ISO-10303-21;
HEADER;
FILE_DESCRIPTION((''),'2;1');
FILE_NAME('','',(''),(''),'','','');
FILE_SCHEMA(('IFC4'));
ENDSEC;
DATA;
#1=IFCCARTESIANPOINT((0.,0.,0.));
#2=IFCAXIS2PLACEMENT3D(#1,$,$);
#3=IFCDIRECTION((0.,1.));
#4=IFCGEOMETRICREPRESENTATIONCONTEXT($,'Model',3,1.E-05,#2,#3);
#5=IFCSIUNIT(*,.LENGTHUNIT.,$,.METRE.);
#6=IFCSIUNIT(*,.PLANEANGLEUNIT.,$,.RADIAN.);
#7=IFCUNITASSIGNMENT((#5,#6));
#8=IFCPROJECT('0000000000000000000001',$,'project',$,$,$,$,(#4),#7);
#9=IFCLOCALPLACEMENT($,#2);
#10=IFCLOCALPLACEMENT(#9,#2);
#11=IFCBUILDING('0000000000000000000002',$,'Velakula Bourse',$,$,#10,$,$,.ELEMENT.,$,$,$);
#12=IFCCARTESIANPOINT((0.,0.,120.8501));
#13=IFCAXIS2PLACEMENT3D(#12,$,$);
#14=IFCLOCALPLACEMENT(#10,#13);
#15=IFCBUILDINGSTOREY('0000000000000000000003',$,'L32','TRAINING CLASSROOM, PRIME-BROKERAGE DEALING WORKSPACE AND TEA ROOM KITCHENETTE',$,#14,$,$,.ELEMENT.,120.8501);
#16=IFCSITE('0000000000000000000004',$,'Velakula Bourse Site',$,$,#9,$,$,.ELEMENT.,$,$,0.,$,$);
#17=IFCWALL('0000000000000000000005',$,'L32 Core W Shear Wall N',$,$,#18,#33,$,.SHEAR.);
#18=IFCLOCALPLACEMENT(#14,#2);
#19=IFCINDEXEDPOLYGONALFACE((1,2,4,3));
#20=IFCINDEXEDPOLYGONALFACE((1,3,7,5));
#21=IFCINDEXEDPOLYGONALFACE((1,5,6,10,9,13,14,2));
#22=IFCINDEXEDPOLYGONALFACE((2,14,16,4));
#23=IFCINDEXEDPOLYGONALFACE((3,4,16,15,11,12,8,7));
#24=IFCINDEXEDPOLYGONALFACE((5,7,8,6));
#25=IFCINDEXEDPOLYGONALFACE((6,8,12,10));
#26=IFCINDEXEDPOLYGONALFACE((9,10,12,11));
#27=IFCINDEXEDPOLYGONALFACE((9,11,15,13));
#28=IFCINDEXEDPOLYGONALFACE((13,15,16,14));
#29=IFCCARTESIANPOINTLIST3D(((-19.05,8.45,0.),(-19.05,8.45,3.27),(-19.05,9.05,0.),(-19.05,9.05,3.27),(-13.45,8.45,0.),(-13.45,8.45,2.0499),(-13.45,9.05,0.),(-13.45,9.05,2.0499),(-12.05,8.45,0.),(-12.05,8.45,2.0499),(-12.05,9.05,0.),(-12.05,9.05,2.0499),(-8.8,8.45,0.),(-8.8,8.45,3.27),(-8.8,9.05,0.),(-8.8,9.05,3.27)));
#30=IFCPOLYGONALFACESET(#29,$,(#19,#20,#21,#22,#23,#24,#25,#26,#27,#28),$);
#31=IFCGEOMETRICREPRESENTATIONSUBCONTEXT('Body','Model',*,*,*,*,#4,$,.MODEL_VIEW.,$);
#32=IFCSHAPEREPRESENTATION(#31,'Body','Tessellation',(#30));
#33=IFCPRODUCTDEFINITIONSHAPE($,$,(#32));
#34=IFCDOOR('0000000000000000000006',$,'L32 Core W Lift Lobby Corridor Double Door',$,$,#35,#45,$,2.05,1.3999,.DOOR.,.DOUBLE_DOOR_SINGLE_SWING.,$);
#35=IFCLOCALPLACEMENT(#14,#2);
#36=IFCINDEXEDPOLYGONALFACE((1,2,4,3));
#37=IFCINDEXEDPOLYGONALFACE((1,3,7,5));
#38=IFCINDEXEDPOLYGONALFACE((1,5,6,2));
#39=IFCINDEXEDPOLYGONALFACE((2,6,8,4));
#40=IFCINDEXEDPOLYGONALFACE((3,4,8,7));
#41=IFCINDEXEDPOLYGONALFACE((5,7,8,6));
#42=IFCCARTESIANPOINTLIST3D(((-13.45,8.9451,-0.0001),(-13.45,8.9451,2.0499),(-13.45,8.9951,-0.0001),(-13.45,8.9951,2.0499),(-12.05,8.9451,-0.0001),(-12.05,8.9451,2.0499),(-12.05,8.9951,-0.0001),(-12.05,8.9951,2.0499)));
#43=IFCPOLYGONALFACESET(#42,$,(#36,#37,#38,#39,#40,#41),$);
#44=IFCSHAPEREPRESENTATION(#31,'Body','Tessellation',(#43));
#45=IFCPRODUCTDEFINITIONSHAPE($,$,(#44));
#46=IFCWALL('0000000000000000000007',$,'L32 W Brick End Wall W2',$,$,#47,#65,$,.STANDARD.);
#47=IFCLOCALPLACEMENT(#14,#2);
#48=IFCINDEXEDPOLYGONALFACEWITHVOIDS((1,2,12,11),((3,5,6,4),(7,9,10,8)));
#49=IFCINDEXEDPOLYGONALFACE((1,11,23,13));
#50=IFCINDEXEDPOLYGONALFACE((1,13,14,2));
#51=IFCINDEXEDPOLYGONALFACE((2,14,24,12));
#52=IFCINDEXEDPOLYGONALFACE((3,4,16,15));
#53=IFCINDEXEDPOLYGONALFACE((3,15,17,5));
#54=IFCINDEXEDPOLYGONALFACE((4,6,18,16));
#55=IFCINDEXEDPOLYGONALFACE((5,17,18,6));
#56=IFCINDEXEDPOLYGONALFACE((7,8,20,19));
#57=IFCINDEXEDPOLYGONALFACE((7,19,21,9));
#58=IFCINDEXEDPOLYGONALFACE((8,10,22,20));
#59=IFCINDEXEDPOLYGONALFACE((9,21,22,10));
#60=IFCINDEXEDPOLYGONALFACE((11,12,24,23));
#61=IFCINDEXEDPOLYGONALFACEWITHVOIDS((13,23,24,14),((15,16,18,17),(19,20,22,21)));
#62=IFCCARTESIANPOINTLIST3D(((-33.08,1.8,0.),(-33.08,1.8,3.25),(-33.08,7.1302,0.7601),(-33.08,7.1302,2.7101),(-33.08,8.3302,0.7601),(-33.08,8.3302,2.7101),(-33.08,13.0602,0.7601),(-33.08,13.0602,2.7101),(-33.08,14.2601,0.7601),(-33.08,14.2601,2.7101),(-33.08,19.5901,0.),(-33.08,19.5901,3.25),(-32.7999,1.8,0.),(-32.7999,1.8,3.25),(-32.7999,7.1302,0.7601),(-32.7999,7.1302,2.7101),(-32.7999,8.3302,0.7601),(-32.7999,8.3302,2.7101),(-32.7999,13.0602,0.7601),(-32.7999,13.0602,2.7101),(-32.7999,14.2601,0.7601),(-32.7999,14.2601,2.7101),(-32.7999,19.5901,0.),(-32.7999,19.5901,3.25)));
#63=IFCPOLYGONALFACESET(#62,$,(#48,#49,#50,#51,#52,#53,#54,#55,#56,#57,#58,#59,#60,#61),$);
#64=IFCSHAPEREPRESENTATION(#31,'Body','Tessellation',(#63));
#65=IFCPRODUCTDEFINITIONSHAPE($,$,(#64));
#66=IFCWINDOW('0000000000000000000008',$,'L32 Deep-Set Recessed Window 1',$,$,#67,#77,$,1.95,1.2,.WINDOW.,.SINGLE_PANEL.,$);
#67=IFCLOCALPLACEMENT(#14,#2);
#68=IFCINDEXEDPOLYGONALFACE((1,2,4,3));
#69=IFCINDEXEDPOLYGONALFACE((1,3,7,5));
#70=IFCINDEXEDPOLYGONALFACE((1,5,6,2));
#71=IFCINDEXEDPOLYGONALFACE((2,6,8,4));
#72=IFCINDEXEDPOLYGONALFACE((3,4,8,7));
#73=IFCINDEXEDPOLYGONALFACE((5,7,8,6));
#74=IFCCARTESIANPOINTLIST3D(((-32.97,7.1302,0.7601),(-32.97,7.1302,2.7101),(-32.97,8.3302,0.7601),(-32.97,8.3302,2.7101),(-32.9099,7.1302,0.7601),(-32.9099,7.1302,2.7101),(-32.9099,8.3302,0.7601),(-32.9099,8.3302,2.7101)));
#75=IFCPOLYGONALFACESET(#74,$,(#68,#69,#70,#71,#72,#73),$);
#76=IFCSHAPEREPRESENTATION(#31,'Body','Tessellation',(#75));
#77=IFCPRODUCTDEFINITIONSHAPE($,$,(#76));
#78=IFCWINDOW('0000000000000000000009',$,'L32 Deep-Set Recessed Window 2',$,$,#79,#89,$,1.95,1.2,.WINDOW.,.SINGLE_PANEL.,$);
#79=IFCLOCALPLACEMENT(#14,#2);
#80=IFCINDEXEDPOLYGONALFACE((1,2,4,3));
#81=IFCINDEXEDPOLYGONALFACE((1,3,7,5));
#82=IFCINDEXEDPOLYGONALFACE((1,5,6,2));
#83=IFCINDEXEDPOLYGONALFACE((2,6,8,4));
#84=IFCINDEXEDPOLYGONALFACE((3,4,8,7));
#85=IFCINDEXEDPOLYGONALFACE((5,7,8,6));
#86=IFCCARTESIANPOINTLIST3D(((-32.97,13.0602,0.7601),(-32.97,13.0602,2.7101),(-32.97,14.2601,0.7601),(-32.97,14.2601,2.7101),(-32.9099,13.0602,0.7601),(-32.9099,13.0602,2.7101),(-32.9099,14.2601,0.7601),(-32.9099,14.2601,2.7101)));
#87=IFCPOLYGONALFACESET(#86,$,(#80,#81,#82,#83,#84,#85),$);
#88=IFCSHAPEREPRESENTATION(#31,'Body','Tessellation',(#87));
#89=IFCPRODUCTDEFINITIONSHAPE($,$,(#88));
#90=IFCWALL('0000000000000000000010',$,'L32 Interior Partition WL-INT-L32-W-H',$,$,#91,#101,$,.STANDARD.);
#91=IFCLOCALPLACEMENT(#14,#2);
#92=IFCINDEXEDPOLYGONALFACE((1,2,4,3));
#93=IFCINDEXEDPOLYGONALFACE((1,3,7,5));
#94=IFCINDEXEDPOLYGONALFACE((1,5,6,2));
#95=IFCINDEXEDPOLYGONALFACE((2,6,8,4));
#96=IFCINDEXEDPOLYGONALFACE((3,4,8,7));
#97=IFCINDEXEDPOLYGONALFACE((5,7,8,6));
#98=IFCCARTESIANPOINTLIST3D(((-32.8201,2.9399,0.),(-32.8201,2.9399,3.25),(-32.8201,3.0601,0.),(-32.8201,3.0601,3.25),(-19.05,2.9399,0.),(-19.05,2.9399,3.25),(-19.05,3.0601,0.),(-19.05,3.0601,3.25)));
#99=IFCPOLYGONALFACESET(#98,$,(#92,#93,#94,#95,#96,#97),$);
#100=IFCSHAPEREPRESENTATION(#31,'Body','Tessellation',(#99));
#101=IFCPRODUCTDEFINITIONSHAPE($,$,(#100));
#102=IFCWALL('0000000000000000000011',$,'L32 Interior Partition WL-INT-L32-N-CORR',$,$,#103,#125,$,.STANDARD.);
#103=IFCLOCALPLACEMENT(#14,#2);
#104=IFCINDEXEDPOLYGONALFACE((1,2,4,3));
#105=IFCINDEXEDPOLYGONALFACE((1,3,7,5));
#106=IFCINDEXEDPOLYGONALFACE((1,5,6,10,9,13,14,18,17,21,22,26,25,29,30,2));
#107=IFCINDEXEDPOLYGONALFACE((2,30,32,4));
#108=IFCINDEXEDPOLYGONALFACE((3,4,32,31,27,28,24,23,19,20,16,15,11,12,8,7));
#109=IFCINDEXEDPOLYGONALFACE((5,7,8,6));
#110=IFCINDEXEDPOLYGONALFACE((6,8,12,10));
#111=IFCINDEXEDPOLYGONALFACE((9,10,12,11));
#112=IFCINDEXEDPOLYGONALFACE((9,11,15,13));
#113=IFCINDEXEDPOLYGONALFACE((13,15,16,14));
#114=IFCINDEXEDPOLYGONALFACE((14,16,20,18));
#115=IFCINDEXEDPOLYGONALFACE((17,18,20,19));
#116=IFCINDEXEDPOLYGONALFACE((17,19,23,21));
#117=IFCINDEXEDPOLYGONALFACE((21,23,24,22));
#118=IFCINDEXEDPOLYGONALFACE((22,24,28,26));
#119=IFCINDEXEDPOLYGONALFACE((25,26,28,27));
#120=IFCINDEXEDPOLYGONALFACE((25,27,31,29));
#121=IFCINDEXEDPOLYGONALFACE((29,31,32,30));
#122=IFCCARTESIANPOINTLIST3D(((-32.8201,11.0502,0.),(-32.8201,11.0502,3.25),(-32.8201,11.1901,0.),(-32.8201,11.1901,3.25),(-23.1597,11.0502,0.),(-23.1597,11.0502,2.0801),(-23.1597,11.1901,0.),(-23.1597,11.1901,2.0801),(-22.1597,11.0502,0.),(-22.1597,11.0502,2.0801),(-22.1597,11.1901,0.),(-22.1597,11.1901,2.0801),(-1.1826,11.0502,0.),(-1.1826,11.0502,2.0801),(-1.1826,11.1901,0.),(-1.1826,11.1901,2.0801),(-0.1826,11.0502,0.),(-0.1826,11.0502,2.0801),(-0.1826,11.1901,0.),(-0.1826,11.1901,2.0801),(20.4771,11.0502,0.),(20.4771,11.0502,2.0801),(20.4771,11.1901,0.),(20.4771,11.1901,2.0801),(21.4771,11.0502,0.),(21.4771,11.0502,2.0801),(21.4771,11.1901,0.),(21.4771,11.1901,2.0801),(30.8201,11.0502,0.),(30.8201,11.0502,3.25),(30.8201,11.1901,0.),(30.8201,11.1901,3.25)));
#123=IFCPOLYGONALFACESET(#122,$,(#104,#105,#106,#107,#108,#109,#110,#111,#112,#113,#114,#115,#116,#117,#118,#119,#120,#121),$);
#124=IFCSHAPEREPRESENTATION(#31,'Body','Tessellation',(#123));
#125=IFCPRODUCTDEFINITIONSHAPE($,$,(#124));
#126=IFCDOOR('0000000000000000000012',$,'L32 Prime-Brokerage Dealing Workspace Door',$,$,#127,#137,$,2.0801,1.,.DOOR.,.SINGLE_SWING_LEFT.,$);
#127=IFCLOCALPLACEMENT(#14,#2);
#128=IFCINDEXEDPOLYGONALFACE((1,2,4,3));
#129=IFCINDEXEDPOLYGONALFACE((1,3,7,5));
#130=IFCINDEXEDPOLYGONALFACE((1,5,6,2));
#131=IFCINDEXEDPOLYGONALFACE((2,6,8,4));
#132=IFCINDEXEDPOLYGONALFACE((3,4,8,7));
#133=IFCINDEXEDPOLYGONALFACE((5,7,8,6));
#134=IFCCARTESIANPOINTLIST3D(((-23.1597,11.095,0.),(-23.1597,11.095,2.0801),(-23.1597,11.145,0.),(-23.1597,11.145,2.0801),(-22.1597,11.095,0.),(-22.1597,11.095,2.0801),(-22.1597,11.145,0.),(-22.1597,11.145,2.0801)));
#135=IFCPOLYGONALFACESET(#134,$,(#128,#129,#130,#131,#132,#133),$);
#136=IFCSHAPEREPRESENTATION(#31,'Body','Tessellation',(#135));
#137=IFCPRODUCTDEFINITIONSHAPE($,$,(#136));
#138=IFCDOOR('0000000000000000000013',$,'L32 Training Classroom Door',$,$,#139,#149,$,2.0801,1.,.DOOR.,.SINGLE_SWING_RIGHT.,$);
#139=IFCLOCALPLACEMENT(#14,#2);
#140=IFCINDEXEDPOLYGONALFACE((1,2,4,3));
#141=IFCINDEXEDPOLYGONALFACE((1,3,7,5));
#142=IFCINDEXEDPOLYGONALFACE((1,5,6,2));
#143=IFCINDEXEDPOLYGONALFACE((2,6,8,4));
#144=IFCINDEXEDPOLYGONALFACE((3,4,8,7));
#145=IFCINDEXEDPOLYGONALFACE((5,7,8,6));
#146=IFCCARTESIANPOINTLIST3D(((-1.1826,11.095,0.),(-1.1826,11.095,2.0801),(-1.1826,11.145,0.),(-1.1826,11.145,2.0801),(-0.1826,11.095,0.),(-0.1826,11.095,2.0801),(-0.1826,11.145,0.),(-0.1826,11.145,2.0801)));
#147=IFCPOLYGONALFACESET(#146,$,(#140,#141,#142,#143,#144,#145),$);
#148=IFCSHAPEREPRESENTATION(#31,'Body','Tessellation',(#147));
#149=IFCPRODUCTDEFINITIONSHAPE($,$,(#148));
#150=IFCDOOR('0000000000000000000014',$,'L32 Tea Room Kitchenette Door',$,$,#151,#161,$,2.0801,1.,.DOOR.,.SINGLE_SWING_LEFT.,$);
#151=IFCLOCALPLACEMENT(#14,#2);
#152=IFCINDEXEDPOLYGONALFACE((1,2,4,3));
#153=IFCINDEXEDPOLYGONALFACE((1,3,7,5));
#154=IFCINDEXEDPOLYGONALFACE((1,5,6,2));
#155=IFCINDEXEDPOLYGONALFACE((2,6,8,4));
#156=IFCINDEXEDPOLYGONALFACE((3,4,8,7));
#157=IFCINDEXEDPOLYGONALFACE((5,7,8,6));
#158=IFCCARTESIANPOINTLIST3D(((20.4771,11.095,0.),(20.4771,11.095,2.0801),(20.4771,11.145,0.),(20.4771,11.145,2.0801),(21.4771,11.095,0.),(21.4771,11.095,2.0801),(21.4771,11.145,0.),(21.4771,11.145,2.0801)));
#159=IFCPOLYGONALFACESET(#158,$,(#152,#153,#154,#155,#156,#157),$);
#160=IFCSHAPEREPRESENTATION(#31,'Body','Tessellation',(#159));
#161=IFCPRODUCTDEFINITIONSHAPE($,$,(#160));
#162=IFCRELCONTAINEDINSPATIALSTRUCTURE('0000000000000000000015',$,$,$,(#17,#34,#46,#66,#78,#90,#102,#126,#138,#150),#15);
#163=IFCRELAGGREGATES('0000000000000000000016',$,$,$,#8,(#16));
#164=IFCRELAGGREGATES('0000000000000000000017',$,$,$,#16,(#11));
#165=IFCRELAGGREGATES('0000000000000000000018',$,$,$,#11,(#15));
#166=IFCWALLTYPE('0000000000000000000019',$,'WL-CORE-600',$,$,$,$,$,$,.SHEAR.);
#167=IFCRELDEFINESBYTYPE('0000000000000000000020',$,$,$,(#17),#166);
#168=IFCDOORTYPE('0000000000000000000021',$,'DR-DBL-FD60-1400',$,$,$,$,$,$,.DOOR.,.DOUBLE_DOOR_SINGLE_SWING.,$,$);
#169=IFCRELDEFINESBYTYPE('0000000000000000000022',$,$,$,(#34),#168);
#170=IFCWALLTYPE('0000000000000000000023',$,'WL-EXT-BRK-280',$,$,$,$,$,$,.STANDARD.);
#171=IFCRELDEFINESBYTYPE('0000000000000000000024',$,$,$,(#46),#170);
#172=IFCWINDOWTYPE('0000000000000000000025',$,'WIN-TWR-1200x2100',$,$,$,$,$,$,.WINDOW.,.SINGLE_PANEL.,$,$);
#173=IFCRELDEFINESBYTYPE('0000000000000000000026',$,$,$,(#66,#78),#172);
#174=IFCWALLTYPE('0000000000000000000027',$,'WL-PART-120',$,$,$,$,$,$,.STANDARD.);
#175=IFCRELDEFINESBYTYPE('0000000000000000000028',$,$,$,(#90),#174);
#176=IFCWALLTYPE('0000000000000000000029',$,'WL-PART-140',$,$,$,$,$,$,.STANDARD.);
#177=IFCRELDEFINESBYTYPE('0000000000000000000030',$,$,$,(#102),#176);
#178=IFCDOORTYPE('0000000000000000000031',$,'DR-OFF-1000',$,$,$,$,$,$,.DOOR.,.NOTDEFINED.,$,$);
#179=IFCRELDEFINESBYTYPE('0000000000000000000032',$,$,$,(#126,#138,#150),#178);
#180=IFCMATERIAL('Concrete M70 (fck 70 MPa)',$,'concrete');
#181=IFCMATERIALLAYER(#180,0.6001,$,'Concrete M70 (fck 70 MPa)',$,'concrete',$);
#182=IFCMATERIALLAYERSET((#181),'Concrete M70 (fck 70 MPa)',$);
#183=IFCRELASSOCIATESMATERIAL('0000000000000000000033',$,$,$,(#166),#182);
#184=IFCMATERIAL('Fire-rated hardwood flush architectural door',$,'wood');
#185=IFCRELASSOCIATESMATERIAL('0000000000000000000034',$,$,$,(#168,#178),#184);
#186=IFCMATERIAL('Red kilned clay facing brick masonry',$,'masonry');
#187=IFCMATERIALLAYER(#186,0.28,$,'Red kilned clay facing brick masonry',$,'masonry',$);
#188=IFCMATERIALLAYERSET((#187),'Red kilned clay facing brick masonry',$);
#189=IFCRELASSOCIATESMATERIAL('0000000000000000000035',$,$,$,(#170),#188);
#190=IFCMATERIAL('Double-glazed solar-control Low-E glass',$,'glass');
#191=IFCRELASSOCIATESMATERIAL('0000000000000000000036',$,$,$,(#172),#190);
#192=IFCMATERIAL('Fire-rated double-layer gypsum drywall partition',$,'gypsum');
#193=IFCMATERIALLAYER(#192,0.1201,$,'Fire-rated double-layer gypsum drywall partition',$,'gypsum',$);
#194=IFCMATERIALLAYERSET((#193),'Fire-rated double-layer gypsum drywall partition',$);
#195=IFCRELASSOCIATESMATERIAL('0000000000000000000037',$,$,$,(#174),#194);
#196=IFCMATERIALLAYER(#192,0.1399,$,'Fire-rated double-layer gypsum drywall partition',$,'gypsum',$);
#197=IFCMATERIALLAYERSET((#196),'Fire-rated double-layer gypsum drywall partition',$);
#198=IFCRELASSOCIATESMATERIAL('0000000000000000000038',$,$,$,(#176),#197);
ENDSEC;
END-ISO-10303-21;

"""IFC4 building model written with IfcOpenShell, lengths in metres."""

from ifc_helpers import new_model, si_unit, direction, frame, frame_2d, origin, place, context, subcontext, project, spatial, rectangle, extrude, material, layer, layer_set, type_object, element, fill, save


model = new_model("IFC4")

# Units and contexts
model_context = context("Model", 3, precision=1e-05, world=origin(), true_north=direction((0.0, 1.0)))
body_context = subcontext(model_context, "Body", "Model", "MODEL_VIEW")
ifc_project = project(units=[si_unit("LENGTHUNIT", "METRE"), si_unit("PLANEANGLEUNIT", "RADIAN")], contexts=[model_context])

# Site, building, storey
site_placement = place(None, origin())
site = spatial("IfcSite", under=ifc_project, at=site_placement, Name="Velakula Bourse Site", CompositionType="ELEMENT", RefElevation=0.0)
building_placement = place(site_placement, origin())
building = spatial("IfcBuilding", under=site, at=building_placement, Name="Velakula Bourse", CompositionType="ELEMENT")
storey_placement = place(building_placement, frame((0.0, 0.0, 120.8501)))
storey = spatial("IfcBuildingStorey", under=building, at=storey_placement, Name="L32", Description="TRAINING CLASSROOM, PRIME-BROKERAGE DEALING WORKSPACE AND TEA ROOM KITCHENETTE", CompositionType="ELEMENT", Elevation=120.8501)

# Shared definitions
ifc_material_1 = material(Name="Concrete M70 (fck 70 MPa)", Category="concrete")

# Wall, opening, door
ifc_layer_1 = layer(ifc_material_1, 0.6001, Name="Concrete M70 (fck 70 MPa)", Category="concrete")
ifc_layer_set_1 = layer_set([ifc_layer_1], Name="Concrete M70 (fck 70 MPa)")
wall_type_1 = type_object("IfcWallType", Name="WL-CORE-600", PredefinedType="SHEAR", material=ifc_layer_set_1)
wall_1_placement = place(storey_placement, frame((-19.05, 8.75, 0.0), z_axis=(0.0, 0.0, 1.0), x_axis=(1.0, 0.0, 0.0)))
wall_1 = element("IfcWall", 1, at=wall_1_placement, inside=storey, type_object=wall_type_1, Name="L32 Core W Shear Wall N", PredefinedType="SHEAR", context=body_context, shape_type="SweptSolid", body=[
    extrude(rectangle(XDim=10.25, YDim=0.6001, at=frame_2d((5.125, 0.0))), origin(), (0.0, 0.0, 1.0), 3.27),
])
opening_1_placement = place(wall_1_placement, frame((5.6001, 0.0, 0.0)))
opening_1 = element("IfcOpeningElement", 2, at=opening_1_placement, cuts=wall_1, PredefinedType="OPENING", context=body_context, shape_type="SweptSolid", body=[
    extrude(rectangle(XDim=1.3999, YDim=2.05, at=frame_2d((0.7, 1.0249))), frame((0.0, 0.3101, 0.0), z_axis=(0.0, -1.0, 0.0), x_axis=(1.0, 0.0, 0.0)), (0.0, 0.0, 1.0), 0.6201),
])
ifc_material_2 = material(Name="Fire-rated hardwood flush architectural door", Category="wood")
door_type_1 = type_object("IfcDoorType", Name="DR-DBL-FD60-1400", OperationType="DOUBLE_DOOR_SINGLE_SWING", PredefinedType="DOOR", material=ifc_material_2)
door_1_placement = place(opening_1_placement, origin())
door_1 = element("IfcDoor", 3, at=door_1_placement, inside=storey, type_object=door_type_1, Name="L32 Core W Lift Lobby Corridor Double Door", OperationType="DOUBLE_DOOR_SINGLE_SWING", OverallHeight=2.05, OverallWidth=1.3999, PredefinedType="DOOR", context=body_context, shape_type="SweptSolid", body=[
    extrude(rectangle(XDim=1.3999, YDim=2.05, at=frame_2d((0.7, 1.0249))), frame((0.0, 0.2451, 0.0), z_axis=(0.0, -1.0, 0.0), x_axis=(1.0, 0.0, 0.0)), (0.0, 0.0, 1.0), 0.05),
])
fill(opening_1, door_1)

# Wall, openings, windows
ifc_material_3 = material(Name="Red kilned clay facing brick masonry", Category="masonry")
ifc_layer_2 = layer(ifc_material_3, 0.28, Name="Red kilned clay facing brick masonry", Category="masonry")
ifc_layer_set_2 = layer_set([ifc_layer_2], Name="Red kilned clay facing brick masonry")
wall_type_2 = type_object("IfcWallType", Name="WL-EXT-BRK-280", PredefinedType="STANDARD", material=ifc_layer_set_2)
wall_2_placement = place(storey_placement, frame((-32.9399, 1.8, 0.0), z_axis=(0.0, 0.0, 1.0), x_axis=(0.0, 1.0, 0.0)))
wall_2 = element("IfcWall", 4, at=wall_2_placement, inside=storey, type_object=wall_type_2, Name="L32 W Brick End Wall W2", PredefinedType="STANDARD", context=body_context, shape_type="SweptSolid", body=[
    extrude(rectangle(XDim=17.79, YDim=0.28, at=frame_2d((8.895, 0.0))), origin(), (0.0, 0.0, 1.0), 3.25),
])
opening_2_placement = place(wall_2_placement, frame((5.3301, 0.0, 0.76)))
opening_2 = element("IfcOpeningElement", 5, at=opening_2_placement, cuts=wall_2, PredefinedType="OPENING", context=body_context, shape_type="SweptSolid", body=[
    extrude(rectangle(XDim=1.2, YDim=1.95, at=frame_2d((0.6001, 0.9751))), frame((0.0, 0.1499, 0.0), z_axis=(0.0, -1.0, 0.0), x_axis=(1.0, 0.0, 0.0)), (0.0, 0.0, 1.0), 0.3),
])
opening_3_placement = place(wall_2_placement, frame((11.26, 0.0, 0.76)))
opening_3 = element("IfcOpeningElement", 6, at=opening_3_placement, cuts=wall_2, PredefinedType="OPENING", context=body_context, shape_type="SweptSolid", body=[
    extrude(rectangle(XDim=1.2, YDim=1.95, at=frame_2d((0.6001, 0.9751))), frame((0.0, 0.1499, 0.0), z_axis=(0.0, -1.0, 0.0), x_axis=(1.0, 0.0, 0.0)), (0.0, 0.0, 1.0), 0.3),
])
ifc_material_4 = material(Name="Double-glazed solar-control Low-E glass", Category="glass")
window_type = type_object("IfcWindowType", Name="WIN-TWR-1200x2100", PartitioningType="SINGLE_PANEL", PredefinedType="WINDOW", material=ifc_material_4)
window_1_placement = place(opening_2_placement, origin())
window_1 = element("IfcWindow", 7, at=window_1_placement, inside=storey, type_object=window_type, Name="L32 Deep-Set Recessed Window 1", OverallHeight=1.95, OverallWidth=1.2, PartitioningType="SINGLE_PANEL", PredefinedType="WINDOW", context=body_context, shape_type="SweptSolid", body=[
    extrude(rectangle(XDim=1.2, YDim=1.95, at=frame_2d((0.6001, 0.9751))), frame((0.0, 0.03, 0.0), z_axis=(0.0, -1.0, 0.0), x_axis=(1.0, 0.0, 0.0)), (0.0, 0.0, 1.0), 0.0601),
])
fill(opening_2, window_1)
window_2_placement = place(opening_3_placement, origin())
window_2 = element("IfcWindow", 8, at=window_2_placement, inside=storey, type_object=window_type, Name="L32 Deep-Set Recessed Window 2", OverallHeight=1.95, OverallWidth=1.2, PartitioningType="SINGLE_PANEL", PredefinedType="WINDOW", context=body_context, shape_type="SweptSolid", body=[
    extrude(rectangle(XDim=1.2, YDim=1.95, at=frame_2d((0.6001, 0.9751))), frame((0.0, 0.03, 0.0), z_axis=(0.0, -1.0, 0.0), x_axis=(1.0, 0.0, 0.0)), (0.0, 0.0, 1.0), 0.0601),
])
fill(opening_3, window_2)

# Wall
ifc_material_5 = material(Name="Fire-rated double-layer gypsum drywall partition", Category="gypsum")
ifc_layer_3 = layer(ifc_material_5, 0.1201, Name="Fire-rated double-layer gypsum drywall partition", Category="gypsum")
ifc_layer_set_3 = layer_set([ifc_layer_3], Name="Fire-rated double-layer gypsum drywall partition")
wall_type_3 = type_object("IfcWallType", Name="WL-PART-120", PredefinedType="STANDARD", material=ifc_layer_set_3)
wall_3_placement = place(storey_placement, frame((-32.8201, 3.0, 0.0), z_axis=(0.0, 0.0, 1.0), x_axis=(1.0, 0.0, 0.0)))
element("IfcWall", 9, at=wall_3_placement, inside=storey, type_object=wall_type_3, Name="L32 Interior Partition WL-INT-L32-W-H", PredefinedType="STANDARD", context=body_context, shape_type="SweptSolid", body=[
    extrude(rectangle(XDim=13.77, YDim=0.1201, at=frame_2d((6.885, 0.0))), origin(), (0.0, 0.0, 1.0), 3.25),
])

# Wall, openings, doors
ifc_layer_4 = layer(ifc_material_5, 0.1399, Name="Fire-rated double-layer gypsum drywall partition", Category="gypsum")
ifc_layer_set_4 = layer_set([ifc_layer_4], Name="Fire-rated double-layer gypsum drywall partition")
wall_type_4 = type_object("IfcWallType", Name="WL-PART-140", PredefinedType="STANDARD", material=ifc_layer_set_4)
wall_4_placement = place(storey_placement, frame((-32.8201, 11.1201, 0.0), z_axis=(0.0, 0.0, 1.0), x_axis=(1.0, 0.0, 0.0)))
wall_4 = element("IfcWall", 10, at=wall_4_placement, inside=storey, type_object=wall_type_4, Name="L32 Interior Partition WL-INT-L32-N-CORR", PredefinedType="STANDARD", context=body_context, shape_type="SweptSolid", body=[
    extrude(rectangle(XDim=63.6401, YDim=0.1399, at=frame_2d((31.8201, 0.0))), origin(), (0.0, 0.0, 1.0), 3.25),
])
opening_4_placement = place(wall_4_placement, frame((9.6604, 0.0, 0.0)))
opening_4 = element("IfcOpeningElement", 11, at=opening_4_placement, cuts=wall_4, PredefinedType="OPENING", context=body_context, shape_type="SweptSolid", body=[
    extrude(rectangle(XDim=1.0, YDim=2.0801, at=frame_2d((0.5, 1.04))), frame((0.0, 0.0798, 0.0), z_axis=(0.0, -1.0, 0.0), x_axis=(1.0, 0.0, 0.0)), (0.0, 0.0, 1.0), 0.1599),
])
opening_5_placement = place(wall_4_placement, frame((31.6375, 0.0, 0.0)))
opening_5 = element("IfcOpeningElement", 12, at=opening_5_placement, cuts=wall_4, PredefinedType="OPENING", context=body_context, shape_type="SweptSolid", body=[
    extrude(rectangle(XDim=1.0, YDim=2.0801, at=frame_2d((0.5, 1.04))), frame((0.0, 0.0798, 0.0), z_axis=(0.0, -1.0, 0.0), x_axis=(1.0, 0.0, 0.0)), (0.0, 0.0, 1.0), 0.1599),
])
opening_6_placement = place(wall_4_placement, frame((53.2971, 0.0, 0.0)))
opening_6 = element("IfcOpeningElement", 13, at=opening_6_placement, cuts=wall_4, PredefinedType="OPENING", context=body_context, shape_type="SweptSolid", body=[
    extrude(rectangle(XDim=1.0, YDim=2.0801, at=frame_2d((0.5, 1.04))), frame((0.0, 0.0798, 0.0), z_axis=(0.0, -1.0, 0.0), x_axis=(1.0, 0.0, 0.0)), (0.0, 0.0, 1.0), 0.1599),
])
door_type_2 = type_object("IfcDoorType", Name="DR-OFF-1000", OperationType="NOTDEFINED", PredefinedType="DOOR", material=ifc_material_2)
door_2_placement = place(opening_4_placement, origin())
door_2 = element("IfcDoor", 14, at=door_2_placement, inside=storey, type_object=door_type_2, Name="L32 Prime-Brokerage Dealing Workspace Door", OperationType="SINGLE_SWING_LEFT", OverallHeight=2.0801, OverallWidth=1.0, PredefinedType="DOOR", context=body_context, shape_type="SweptSolid", body=[
    extrude(rectangle(XDim=1.0, YDim=2.0801, at=frame_2d((0.5, 1.04))), frame((0.0, 0.0249, 0.0), z_axis=(0.0, -1.0, 0.0), x_axis=(1.0, 0.0, 0.0)), (0.0, 0.0, 1.0), 0.05),
])
fill(opening_4, door_2)
door_3_placement = place(opening_5_placement, origin())
door_3 = element("IfcDoor", 15, at=door_3_placement, inside=storey, type_object=door_type_2, Name="L32 Training Classroom Door", OperationType="SINGLE_SWING_RIGHT", OverallHeight=2.0801, OverallWidth=1.0, PredefinedType="DOOR", context=body_context, shape_type="SweptSolid", body=[
    extrude(rectangle(XDim=1.0, YDim=2.0801, at=frame_2d((0.5, 1.04))), frame((0.0, 0.0249, 0.0), z_axis=(0.0, -1.0, 0.0), x_axis=(1.0, 0.0, 0.0)), (0.0, 0.0, 1.0), 0.05),
])
fill(opening_5, door_3)
door_4_placement = place(opening_6_placement, origin())
door_4 = element("IfcDoor", 16, at=door_4_placement, inside=storey, type_object=door_type_2, Name="L32 Tea Room Kitchenette Door", OperationType="SINGLE_SWING_LEFT", OverallHeight=2.0801, OverallWidth=1.0, PredefinedType="DOOR", context=body_context, shape_type="SweptSolid", body=[
    extrude(rectangle(XDim=1.0, YDim=2.0801, at=frame_2d((0.5, 1.04))), frame((0.0, 0.0249, 0.0), z_axis=(0.0, -1.0, 0.0), x_axis=(1.0, 0.0, 0.0)), (0.0, 0.0, 1.0), 0.05),
])
fill(opening_6, door_4)

save(model, "model.ifc")
